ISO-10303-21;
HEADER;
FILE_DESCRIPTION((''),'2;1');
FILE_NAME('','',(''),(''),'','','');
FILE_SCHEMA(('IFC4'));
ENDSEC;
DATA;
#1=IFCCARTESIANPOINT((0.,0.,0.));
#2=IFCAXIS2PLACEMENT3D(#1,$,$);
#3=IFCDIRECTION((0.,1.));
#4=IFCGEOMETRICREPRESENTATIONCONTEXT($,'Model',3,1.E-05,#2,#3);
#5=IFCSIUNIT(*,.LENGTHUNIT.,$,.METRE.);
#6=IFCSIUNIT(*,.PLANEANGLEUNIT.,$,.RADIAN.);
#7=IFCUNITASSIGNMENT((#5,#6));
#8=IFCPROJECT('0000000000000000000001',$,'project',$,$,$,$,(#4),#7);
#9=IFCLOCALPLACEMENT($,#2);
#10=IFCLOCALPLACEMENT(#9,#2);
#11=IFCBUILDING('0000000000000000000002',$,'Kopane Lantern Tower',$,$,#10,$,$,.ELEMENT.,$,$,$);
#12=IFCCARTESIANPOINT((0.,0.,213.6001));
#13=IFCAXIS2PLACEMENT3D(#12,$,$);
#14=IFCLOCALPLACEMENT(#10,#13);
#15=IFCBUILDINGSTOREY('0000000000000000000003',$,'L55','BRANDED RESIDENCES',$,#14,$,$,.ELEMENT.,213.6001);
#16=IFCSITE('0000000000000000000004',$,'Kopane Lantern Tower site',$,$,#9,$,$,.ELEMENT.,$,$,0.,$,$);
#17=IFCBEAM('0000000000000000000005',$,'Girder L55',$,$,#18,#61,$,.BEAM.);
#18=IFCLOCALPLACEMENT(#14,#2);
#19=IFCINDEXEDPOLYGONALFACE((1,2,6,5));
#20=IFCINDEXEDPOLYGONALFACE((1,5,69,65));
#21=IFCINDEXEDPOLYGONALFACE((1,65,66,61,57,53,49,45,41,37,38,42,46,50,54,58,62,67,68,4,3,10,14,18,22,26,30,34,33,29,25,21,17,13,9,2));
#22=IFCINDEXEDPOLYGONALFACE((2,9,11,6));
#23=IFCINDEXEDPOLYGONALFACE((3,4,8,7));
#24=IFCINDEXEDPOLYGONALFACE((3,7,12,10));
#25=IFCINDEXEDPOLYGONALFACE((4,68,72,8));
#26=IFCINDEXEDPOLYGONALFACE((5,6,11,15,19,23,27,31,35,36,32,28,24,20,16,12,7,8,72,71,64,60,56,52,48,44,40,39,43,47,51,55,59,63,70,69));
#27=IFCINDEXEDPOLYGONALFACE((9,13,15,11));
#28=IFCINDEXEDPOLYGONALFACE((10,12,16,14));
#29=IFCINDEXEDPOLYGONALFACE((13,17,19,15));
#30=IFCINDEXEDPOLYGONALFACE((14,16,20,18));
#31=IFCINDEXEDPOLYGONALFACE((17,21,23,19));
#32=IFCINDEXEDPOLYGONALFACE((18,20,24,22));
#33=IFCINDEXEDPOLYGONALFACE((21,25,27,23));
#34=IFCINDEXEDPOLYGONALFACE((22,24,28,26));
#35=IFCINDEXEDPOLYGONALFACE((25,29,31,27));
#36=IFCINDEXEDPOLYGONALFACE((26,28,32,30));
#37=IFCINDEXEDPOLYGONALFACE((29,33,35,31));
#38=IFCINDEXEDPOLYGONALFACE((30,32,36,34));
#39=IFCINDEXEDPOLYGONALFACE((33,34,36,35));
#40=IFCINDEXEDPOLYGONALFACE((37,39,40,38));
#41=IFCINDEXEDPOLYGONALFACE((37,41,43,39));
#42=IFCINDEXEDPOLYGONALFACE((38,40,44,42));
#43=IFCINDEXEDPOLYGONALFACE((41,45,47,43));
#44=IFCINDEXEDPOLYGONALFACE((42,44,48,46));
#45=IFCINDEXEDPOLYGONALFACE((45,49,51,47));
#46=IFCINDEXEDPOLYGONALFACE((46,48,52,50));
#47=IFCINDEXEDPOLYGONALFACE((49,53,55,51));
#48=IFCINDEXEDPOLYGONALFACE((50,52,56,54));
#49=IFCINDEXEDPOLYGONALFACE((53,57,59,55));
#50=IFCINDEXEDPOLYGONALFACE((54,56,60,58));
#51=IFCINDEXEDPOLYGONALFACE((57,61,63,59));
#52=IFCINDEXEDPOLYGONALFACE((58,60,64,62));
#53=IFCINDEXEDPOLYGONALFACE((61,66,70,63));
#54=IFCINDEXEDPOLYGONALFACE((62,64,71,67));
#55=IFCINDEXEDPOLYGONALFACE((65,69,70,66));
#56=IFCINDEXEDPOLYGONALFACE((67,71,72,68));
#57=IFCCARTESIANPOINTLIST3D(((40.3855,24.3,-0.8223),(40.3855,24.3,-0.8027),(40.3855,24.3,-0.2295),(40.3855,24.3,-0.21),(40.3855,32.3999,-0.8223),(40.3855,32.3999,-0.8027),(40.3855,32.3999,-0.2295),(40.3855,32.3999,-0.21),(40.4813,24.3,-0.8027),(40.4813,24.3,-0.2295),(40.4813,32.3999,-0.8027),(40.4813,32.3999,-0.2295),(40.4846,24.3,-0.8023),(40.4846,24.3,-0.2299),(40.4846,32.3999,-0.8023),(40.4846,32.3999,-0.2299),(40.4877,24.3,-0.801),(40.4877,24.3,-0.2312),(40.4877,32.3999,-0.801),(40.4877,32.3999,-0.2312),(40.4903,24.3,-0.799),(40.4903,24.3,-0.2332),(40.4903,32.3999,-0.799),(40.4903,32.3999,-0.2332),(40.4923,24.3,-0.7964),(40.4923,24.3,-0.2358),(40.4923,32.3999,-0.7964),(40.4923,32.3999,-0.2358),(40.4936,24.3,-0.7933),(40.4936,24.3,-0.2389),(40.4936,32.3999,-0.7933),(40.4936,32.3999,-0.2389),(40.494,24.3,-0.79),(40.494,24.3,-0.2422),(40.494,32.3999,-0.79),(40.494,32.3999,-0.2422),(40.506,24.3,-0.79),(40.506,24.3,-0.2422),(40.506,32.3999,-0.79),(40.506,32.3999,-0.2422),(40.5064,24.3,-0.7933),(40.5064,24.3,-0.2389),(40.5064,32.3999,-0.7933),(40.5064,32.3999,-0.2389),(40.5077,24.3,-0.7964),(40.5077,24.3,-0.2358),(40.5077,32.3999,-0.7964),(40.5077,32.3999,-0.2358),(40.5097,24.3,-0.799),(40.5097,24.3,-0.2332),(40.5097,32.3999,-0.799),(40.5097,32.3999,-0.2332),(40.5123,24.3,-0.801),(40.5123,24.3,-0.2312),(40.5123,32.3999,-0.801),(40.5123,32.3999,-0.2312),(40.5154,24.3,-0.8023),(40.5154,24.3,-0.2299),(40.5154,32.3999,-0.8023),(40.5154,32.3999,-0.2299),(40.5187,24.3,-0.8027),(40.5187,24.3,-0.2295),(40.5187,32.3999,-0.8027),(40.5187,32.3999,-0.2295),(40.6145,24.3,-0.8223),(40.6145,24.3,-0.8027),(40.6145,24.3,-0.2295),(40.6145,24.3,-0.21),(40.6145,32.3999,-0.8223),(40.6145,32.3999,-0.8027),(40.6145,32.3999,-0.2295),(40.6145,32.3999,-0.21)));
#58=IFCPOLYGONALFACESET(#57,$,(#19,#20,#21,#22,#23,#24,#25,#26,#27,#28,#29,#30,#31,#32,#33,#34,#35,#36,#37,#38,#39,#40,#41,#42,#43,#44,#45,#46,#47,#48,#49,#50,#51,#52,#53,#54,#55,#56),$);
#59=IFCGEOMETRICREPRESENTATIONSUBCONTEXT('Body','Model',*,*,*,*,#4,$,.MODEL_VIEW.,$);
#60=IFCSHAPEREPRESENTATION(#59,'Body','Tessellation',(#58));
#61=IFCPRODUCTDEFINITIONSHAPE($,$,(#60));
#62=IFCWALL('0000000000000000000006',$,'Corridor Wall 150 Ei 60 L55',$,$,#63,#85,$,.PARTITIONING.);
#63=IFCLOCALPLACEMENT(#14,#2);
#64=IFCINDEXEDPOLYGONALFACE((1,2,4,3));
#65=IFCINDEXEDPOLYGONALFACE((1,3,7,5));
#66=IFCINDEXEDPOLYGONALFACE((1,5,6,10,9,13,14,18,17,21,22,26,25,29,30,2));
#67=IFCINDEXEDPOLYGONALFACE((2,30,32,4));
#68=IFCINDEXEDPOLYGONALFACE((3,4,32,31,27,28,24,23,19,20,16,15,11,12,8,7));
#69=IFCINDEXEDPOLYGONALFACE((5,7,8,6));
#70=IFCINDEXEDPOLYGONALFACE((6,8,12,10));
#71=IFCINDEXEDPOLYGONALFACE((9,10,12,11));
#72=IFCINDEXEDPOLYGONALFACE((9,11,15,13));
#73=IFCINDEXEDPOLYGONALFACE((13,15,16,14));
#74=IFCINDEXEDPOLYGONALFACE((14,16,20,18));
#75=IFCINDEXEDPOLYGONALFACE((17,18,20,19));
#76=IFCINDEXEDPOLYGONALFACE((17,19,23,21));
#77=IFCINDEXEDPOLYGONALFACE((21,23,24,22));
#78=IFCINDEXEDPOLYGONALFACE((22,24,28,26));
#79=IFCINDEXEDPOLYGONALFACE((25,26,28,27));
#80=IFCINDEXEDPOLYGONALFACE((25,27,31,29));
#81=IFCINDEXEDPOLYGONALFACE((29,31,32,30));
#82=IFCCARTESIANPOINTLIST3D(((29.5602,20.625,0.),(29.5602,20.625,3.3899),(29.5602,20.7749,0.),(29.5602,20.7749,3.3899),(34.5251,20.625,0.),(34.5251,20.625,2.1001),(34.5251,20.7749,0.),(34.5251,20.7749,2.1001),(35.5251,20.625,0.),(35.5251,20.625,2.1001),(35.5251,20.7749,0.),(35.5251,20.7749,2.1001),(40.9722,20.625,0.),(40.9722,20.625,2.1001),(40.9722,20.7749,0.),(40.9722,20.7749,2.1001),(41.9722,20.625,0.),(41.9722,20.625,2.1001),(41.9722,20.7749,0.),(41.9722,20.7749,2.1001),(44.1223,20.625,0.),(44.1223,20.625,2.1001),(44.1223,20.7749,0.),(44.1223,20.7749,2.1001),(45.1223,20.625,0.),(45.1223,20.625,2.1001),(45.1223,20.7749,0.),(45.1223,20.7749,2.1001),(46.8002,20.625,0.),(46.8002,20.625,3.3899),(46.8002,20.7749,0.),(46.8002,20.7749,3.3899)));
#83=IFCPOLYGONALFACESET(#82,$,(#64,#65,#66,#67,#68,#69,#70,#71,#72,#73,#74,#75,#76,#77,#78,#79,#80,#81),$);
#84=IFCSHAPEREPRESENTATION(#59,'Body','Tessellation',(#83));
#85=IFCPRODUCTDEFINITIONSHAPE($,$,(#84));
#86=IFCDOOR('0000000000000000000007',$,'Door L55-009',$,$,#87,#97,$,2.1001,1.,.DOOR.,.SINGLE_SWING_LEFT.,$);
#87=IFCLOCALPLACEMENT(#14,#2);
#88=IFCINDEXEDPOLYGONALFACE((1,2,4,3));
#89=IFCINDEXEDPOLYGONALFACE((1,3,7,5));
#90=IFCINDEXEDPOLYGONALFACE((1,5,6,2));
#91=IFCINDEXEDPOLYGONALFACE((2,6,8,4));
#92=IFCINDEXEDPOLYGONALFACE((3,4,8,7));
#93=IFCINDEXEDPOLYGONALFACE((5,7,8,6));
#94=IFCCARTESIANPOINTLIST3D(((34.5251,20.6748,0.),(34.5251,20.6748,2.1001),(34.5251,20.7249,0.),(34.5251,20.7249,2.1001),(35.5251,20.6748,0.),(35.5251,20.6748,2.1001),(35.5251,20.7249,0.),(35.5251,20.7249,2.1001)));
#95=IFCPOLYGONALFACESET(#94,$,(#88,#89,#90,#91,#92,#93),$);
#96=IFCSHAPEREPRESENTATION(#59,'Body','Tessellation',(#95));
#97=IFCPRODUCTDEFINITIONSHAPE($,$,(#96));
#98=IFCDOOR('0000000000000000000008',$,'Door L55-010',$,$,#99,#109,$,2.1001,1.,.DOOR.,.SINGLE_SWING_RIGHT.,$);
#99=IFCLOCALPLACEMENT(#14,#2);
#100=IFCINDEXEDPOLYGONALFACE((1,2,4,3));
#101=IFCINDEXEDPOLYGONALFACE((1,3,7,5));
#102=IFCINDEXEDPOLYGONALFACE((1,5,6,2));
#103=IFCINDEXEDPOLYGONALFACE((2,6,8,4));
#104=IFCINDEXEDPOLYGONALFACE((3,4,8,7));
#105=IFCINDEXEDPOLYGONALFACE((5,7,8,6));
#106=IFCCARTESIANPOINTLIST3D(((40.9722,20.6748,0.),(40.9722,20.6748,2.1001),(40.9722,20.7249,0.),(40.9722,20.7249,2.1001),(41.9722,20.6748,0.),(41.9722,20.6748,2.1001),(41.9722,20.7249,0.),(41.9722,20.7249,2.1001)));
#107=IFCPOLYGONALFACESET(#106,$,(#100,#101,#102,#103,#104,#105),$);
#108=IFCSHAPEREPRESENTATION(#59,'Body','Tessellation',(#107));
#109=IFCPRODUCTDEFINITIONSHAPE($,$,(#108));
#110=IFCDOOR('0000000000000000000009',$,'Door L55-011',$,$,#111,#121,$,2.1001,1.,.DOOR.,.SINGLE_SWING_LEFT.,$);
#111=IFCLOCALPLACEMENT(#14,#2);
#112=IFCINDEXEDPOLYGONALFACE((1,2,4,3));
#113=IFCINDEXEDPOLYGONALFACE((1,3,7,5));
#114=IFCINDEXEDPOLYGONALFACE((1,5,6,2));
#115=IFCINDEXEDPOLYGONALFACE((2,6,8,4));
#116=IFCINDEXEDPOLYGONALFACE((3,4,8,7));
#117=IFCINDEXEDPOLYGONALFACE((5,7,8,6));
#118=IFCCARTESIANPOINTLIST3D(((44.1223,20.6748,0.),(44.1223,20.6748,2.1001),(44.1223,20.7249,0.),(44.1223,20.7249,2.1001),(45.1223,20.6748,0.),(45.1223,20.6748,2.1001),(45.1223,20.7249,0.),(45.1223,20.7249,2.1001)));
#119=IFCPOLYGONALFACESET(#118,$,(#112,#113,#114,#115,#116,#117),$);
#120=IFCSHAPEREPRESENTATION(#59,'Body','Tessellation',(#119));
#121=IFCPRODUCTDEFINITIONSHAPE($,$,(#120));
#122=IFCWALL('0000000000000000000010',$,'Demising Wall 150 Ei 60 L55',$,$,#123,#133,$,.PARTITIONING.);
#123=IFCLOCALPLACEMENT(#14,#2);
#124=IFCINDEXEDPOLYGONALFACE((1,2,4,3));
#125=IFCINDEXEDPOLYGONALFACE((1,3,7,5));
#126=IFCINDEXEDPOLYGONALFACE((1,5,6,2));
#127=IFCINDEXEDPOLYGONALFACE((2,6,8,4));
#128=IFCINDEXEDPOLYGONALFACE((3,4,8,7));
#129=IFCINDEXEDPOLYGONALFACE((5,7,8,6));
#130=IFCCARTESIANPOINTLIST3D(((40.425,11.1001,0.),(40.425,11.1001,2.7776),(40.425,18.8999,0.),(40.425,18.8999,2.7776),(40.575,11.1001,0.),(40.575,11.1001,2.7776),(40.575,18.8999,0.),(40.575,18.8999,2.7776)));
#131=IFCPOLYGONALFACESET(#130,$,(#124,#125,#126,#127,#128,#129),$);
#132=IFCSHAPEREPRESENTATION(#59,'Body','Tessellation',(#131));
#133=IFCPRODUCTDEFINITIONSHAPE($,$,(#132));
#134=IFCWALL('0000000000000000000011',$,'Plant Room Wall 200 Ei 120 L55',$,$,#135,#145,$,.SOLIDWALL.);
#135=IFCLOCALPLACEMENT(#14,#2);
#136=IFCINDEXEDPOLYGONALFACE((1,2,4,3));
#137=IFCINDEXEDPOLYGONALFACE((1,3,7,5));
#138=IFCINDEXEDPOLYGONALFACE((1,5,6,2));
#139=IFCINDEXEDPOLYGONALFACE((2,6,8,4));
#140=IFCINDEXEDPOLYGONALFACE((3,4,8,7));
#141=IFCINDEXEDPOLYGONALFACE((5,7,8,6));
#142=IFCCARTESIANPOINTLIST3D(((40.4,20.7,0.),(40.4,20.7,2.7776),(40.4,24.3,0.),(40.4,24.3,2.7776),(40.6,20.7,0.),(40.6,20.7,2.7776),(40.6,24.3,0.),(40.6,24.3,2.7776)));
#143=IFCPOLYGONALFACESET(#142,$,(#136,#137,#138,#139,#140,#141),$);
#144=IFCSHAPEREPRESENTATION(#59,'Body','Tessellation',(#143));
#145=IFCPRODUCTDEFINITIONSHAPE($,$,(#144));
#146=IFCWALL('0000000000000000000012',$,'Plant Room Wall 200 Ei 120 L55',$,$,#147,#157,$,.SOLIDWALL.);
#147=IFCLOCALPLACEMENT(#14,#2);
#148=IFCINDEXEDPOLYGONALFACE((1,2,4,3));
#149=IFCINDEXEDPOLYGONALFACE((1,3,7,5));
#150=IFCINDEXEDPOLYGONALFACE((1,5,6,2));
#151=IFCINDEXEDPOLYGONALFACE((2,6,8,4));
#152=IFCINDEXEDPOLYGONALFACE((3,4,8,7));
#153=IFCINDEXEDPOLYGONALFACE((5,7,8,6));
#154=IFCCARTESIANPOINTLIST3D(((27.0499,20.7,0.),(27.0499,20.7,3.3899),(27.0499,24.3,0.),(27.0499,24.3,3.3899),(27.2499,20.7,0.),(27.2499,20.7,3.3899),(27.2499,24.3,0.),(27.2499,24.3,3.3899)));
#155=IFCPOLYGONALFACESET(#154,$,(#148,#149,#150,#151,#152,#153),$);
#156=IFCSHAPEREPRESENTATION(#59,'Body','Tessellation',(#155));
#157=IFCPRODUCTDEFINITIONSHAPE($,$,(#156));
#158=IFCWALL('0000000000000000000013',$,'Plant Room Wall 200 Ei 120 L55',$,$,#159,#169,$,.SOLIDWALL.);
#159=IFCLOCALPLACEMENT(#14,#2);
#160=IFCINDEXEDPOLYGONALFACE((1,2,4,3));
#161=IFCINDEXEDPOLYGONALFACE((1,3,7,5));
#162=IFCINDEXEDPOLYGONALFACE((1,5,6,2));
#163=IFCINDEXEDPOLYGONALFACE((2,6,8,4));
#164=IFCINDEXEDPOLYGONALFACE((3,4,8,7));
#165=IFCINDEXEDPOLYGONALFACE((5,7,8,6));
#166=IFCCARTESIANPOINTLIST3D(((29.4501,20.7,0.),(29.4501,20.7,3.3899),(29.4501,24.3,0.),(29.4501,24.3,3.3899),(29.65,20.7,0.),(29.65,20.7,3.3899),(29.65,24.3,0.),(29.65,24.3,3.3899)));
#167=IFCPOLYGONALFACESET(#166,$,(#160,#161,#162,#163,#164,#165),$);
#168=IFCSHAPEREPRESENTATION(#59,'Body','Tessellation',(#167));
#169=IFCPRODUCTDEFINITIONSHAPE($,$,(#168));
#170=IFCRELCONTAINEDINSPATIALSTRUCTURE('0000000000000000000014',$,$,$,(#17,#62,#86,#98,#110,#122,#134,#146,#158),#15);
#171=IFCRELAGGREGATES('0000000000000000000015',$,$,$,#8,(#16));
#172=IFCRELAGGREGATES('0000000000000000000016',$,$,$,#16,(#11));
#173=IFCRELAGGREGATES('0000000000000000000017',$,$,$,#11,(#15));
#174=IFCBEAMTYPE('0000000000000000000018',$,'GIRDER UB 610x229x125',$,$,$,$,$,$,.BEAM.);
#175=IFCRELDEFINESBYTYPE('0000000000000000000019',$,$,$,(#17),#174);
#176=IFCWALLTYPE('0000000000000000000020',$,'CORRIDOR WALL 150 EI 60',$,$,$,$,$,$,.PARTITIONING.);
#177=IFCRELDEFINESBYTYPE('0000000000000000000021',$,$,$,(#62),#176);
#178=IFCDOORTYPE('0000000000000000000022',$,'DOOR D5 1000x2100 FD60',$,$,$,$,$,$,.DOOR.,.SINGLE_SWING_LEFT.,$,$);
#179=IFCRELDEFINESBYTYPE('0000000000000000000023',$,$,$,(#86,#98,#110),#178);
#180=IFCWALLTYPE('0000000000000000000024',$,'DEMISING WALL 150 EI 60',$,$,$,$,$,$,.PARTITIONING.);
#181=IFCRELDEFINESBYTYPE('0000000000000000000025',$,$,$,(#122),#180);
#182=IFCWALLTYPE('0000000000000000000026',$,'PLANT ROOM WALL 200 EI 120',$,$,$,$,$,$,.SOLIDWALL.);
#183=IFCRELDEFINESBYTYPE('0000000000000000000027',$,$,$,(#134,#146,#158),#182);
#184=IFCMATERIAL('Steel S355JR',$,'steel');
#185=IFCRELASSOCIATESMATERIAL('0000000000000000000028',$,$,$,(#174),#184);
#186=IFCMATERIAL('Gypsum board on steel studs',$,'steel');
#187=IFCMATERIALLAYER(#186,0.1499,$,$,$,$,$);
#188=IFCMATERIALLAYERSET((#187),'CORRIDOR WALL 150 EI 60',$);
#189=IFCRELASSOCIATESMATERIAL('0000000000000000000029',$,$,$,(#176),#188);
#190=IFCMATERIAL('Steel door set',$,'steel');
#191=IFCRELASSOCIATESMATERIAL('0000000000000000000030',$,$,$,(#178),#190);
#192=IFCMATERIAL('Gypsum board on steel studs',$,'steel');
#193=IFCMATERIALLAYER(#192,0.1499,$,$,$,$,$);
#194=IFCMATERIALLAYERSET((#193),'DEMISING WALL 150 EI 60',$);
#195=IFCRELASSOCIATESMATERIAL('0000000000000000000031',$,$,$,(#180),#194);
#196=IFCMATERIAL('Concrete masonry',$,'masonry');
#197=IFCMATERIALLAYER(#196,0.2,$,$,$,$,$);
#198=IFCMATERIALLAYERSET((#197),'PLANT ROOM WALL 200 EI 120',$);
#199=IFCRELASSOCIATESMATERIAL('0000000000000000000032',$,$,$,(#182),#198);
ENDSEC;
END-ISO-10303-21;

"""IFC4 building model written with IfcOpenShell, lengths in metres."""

from ifc_helpers import new_model, si_unit, direction, frame, frame_2d, origin, origin_2d, place, context, subcontext, project, spatial, rectangle, i_section, extrude, material, layer, layer_set, material_profile, profile_set, type_object, element, fill, save


model = new_model("IFC4")

# Units and contexts
model_context = context("Model", 3, precision=1e-05, world=origin(), true_north=direction((0.0, 1.0)))
body_context = subcontext(model_context, "Body", "Model", "MODEL_VIEW")
ifc_project = project(units=[si_unit("LENGTHUNIT", "METRE"), si_unit("PLANEANGLEUNIT", "RADIAN")], contexts=[model_context])

# Site, building, storey
site_placement = place(None, origin())
site = spatial("IfcSite", under=ifc_project, at=site_placement, Name="Kopane Lantern Tower site", CompositionType="ELEMENT", RefElevation=0.0)
building_placement = place(site_placement, origin())
building = spatial("IfcBuilding", under=site, at=building_placement, Name="Kopane Lantern Tower", CompositionType="ELEMENT")
storey_placement = place(building_placement, frame((0.0, 0.0, 213.6001)))
storey = spatial("IfcBuildingStorey", under=building, at=storey_placement, Name="L55", Description="BRANDED RESIDENCES", CompositionType="ELEMENT", Elevation=213.6001)

# Beam
ifc_material_1 = material(Name="Steel S355JR", Category="steel")
ifc_material_profile_1 = material_profile(ifc_material_1, i_section(OverallWidth=0.229, OverallDepth=0.6123, WebThickness=0.012, FlangeThickness=0.0195, FilletRadius=0.0127, at=origin_2d()), Name="UB 610x229x125")
ifc_profile_set_1 = profile_set([ifc_material_profile_1], Name="Steel S355JR")
beam_type_1 = type_object("IfcBeamType", Name="GIRDER UB 610x229x125", PredefinedType="BEAM", material=ifc_profile_set_1)
beam_1_placement = place(storey_placement, frame((40.5, 24.3, -0.5161), z_axis=(0.0, 1.0, 0.0), x_axis=(-1.0, 0.0, 0.0)))
element("IfcBeam", 1, at=beam_1_placement, inside=storey, type_object=beam_type_1, Name="Girder L55", PredefinedType="BEAM", context=body_context, shape_type="SweptSolid", body=[
    extrude(i_section(OverallWidth=0.229, OverallDepth=0.6123, WebThickness=0.012, FlangeThickness=0.0195, FilletRadius=0.0127, at=origin_2d()), origin(), (0.0, 0.0, 1.0), 8.0999),
])

# Wall, openings, doors
ifc_material_2 = material(Name="Gypsum board on steel studs", Category="steel")
ifc_layer_1 = layer(ifc_material_2, 0.1499)
ifc_layer_set_1 = layer_set([ifc_layer_1], Name="CORRIDOR WALL 150 EI 60")
wall_type_1 = type_object("IfcWallType", Name="CORRIDOR WALL 150 EI 60", PredefinedType="PARTITIONING", material=ifc_layer_set_1)
wall_1_placement = place(storey_placement, frame((29.5601, 20.7, 0.0), z_axis=(0.0, 0.0, 1.0), x_axis=(1.0, 0.0, 0.0)))
wall_1 = element("IfcWall", 2, at=wall_1_placement, inside=storey, type_object=wall_type_1, Name="Corridor Wall 150 Ei 60 L55", PredefinedType="PARTITIONING", context=body_context, shape_type="SweptSolid", body=[
    extrude(rectangle(XDim=17.24, YDim=0.1499, at=frame_2d((8.6201, 0.0))), origin(), (0.0, 0.0, 1.0), 3.3899),
])
opening_1_placement = place(wall_1_placement, frame((4.9651, 0.0, 0.0)))
opening_1 = element("IfcOpeningElement", 3, at=opening_1_placement, cuts=wall_1, PredefinedType="OPENING", context=body_context, shape_type="SweptSolid", body=[
    extrude(rectangle(XDim=1.0, YDim=2.1001, at=frame_2d((0.5, 1.05))), frame((0.0, 0.085, 0.0), z_axis=(0.0, -1.0, 0.0), x_axis=(1.0, 0.0, 0.0)), (0.0, 0.0, 1.0), 0.1699),
])
opening_2_placement = place(wall_1_placement, frame((11.4121, 0.0, 0.0)))
opening_2 = element("IfcOpeningElement", 4, at=opening_2_placement, cuts=wall_1, PredefinedType="OPENING", context=body_context, shape_type="SweptSolid", body=[
    extrude(rectangle(XDim=1.0, YDim=2.1001, at=frame_2d((0.5, 1.05))), frame((0.0, 0.085, 0.0), z_axis=(0.0, -1.0, 0.0), x_axis=(1.0, 0.0, 0.0)), (0.0, 0.0, 1.0), 0.1699),
])
opening_3_placement = place(wall_1_placement, frame((14.5623, 0.0, 0.0)))
opening_3 = element("IfcOpeningElement", 5, at=opening_3_placement, cuts=wall_1, PredefinedType="OPENING", context=body_context, shape_type="SweptSolid", body=[
    extrude(rectangle(XDim=1.0, YDim=2.1001, at=frame_2d((0.5, 1.05))), frame((0.0, 0.085, 0.0), z_axis=(0.0, -1.0, 0.0), x_axis=(1.0, 0.0, 0.0)), (0.0, 0.0, 1.0), 0.1699),
])
ifc_material_3 = material(Name="Steel door set", Category="steel")
door_type_1 = type_object("IfcDoorType", Name="DOOR D5 1000x2100 FD60", OperationType="SINGLE_SWING_LEFT", PredefinedType="DOOR", material=ifc_material_3)
door_1_placement = place(opening_1_placement, origin())
door_1 = element("IfcDoor", 6, at=door_1_placement, inside=storey, type_object=door_type_1, Name="Door L55-009", OperationType="SINGLE_SWING_LEFT", OverallHeight=2.1001, OverallWidth=1.0, PredefinedType="DOOR", context=body_context, shape_type="SweptSolid", body=[
    extrude(rectangle(XDim=1.0, YDim=2.1001, at=frame_2d((0.5, 1.05))), frame((0.0, 0.0249, 0.0), z_axis=(0.0, -1.0, 0.0), x_axis=(1.0, 0.0, 0.0)), (0.0, 0.0, 1.0), 0.05),
])
fill(opening_1, door_1)
door_2_placement = place(opening_2_placement, origin())
door_2 = element("IfcDoor", 7, at=door_2_placement, inside=storey, type_object=door_type_1, Name="Door L55-010", OperationType="SINGLE_SWING_RIGHT", OverallHeight=2.1001, OverallWidth=1.0, PredefinedType="DOOR", context=body_context, shape_type="SweptSolid", body=[
    extrude(rectangle(XDim=1.0, YDim=2.1001, at=frame_2d((0.5, 1.05))), frame((0.0, 0.0249, 0.0), z_axis=(0.0, -1.0, 0.0), x_axis=(1.0, 0.0, 0.0)), (0.0, 0.0, 1.0), 0.05),
])
fill(opening_2, door_2)
door_3_placement = place(opening_3_placement, origin())
door_3 = element("IfcDoor", 8, at=door_3_placement, inside=storey, type_object=door_type_1, Name="Door L55-011", OperationType="SINGLE_SWING_LEFT", OverallHeight=2.1001, OverallWidth=1.0, PredefinedType="DOOR", context=body_context, shape_type="SweptSolid", body=[
    extrude(rectangle(XDim=1.0, YDim=2.1001, at=frame_2d((0.5, 1.05))), frame((0.0, 0.0249, 0.0), z_axis=(0.0, -1.0, 0.0), x_axis=(1.0, 0.0, 0.0)), (0.0, 0.0, 1.0), 0.05),
])
fill(opening_3, door_3)

# Walls
ifc_material_4 = material(Name="Gypsum board on steel studs", Category="steel")
ifc_layer_2 = layer(ifc_material_4, 0.1499)
ifc_layer_set_2 = layer_set([ifc_layer_2], Name="DEMISING WALL 150 EI 60")
wall_type_2 = type_object("IfcWallType", Name="DEMISING WALL 150 EI 60", PredefinedType="PARTITIONING", material=ifc_layer_set_2)
wall_2_placement = place(storey_placement, frame((40.5, 18.8999, 0.0), z_axis=(0.0, 0.0, 1.0), x_axis=(0.0, -1.0, 0.0)))
element("IfcWall", 9, at=wall_2_placement, inside=storey, type_object=wall_type_2, Name="Demising Wall 150 Ei 60 L55", PredefinedType="PARTITIONING", context=body_context, shape_type="SweptSolid", body=[
    extrude(rectangle(XDim=7.7998, YDim=0.1499, at=frame_2d((3.8999, 0.0))), origin(), (0.0, 0.0, 1.0), 2.7776),
])
ifc_material_5 = material(Name="Concrete masonry", Category="masonry")
ifc_layer_3 = layer(ifc_material_5, 0.2)
ifc_layer_set_3 = layer_set([ifc_layer_3], Name="PLANT ROOM WALL 200 EI 120")
wall_type_3 = type_object("IfcWallType", Name="PLANT ROOM WALL 200 EI 120", PredefinedType="SOLIDWALL", material=ifc_layer_set_3)
wall_3_placement = place(storey_placement, frame((40.5, 20.7, 0.0), z_axis=(0.0, 0.0, 1.0), x_axis=(0.0, 1.0, 0.0)))
element("IfcWall", 10, at=wall_3_placement, inside=storey, type_object=wall_type_3, Name="Plant Room Wall 200 Ei 120 L55", PredefinedType="SOLIDWALL", context=body_context, shape_type="SweptSolid", body=[
    extrude(rectangle(XDim=3.6001, YDim=0.2, at=frame_2d((1.8, 0.0))), origin(), (0.0, 0.0, 1.0), 2.7776),
])
for number, where, z_axis, x_axis, name in (
    (11, (27.1499, 20.7, 0.0), (0.0, 0.0, 1.0), (0.0, 1.0, 0.0), "Plant Room Wall 200 Ei 120 L55"),
    (12, (29.55, 20.7, 0.0), (0.0, 0.0, 1.0), (0.0, 1.0, 0.0), "Plant Room Wall 200 Ei 120 L55"),
):
    element("IfcWall", number, at=place(storey_placement, frame(where, z_axis=z_axis, x_axis=x_axis)), inside=storey, type_object=wall_type_3, Name=name, PredefinedType="SOLIDWALL", context=body_context, shape_type="SweptSolid", body=[
        extrude(rectangle(XDim=3.6001, YDim=0.2, at=frame_2d((1.8, 0.0))), origin(), (0.0, 0.0, 1.0), 3.3899),
    ])

save(model, "model.ifc")
